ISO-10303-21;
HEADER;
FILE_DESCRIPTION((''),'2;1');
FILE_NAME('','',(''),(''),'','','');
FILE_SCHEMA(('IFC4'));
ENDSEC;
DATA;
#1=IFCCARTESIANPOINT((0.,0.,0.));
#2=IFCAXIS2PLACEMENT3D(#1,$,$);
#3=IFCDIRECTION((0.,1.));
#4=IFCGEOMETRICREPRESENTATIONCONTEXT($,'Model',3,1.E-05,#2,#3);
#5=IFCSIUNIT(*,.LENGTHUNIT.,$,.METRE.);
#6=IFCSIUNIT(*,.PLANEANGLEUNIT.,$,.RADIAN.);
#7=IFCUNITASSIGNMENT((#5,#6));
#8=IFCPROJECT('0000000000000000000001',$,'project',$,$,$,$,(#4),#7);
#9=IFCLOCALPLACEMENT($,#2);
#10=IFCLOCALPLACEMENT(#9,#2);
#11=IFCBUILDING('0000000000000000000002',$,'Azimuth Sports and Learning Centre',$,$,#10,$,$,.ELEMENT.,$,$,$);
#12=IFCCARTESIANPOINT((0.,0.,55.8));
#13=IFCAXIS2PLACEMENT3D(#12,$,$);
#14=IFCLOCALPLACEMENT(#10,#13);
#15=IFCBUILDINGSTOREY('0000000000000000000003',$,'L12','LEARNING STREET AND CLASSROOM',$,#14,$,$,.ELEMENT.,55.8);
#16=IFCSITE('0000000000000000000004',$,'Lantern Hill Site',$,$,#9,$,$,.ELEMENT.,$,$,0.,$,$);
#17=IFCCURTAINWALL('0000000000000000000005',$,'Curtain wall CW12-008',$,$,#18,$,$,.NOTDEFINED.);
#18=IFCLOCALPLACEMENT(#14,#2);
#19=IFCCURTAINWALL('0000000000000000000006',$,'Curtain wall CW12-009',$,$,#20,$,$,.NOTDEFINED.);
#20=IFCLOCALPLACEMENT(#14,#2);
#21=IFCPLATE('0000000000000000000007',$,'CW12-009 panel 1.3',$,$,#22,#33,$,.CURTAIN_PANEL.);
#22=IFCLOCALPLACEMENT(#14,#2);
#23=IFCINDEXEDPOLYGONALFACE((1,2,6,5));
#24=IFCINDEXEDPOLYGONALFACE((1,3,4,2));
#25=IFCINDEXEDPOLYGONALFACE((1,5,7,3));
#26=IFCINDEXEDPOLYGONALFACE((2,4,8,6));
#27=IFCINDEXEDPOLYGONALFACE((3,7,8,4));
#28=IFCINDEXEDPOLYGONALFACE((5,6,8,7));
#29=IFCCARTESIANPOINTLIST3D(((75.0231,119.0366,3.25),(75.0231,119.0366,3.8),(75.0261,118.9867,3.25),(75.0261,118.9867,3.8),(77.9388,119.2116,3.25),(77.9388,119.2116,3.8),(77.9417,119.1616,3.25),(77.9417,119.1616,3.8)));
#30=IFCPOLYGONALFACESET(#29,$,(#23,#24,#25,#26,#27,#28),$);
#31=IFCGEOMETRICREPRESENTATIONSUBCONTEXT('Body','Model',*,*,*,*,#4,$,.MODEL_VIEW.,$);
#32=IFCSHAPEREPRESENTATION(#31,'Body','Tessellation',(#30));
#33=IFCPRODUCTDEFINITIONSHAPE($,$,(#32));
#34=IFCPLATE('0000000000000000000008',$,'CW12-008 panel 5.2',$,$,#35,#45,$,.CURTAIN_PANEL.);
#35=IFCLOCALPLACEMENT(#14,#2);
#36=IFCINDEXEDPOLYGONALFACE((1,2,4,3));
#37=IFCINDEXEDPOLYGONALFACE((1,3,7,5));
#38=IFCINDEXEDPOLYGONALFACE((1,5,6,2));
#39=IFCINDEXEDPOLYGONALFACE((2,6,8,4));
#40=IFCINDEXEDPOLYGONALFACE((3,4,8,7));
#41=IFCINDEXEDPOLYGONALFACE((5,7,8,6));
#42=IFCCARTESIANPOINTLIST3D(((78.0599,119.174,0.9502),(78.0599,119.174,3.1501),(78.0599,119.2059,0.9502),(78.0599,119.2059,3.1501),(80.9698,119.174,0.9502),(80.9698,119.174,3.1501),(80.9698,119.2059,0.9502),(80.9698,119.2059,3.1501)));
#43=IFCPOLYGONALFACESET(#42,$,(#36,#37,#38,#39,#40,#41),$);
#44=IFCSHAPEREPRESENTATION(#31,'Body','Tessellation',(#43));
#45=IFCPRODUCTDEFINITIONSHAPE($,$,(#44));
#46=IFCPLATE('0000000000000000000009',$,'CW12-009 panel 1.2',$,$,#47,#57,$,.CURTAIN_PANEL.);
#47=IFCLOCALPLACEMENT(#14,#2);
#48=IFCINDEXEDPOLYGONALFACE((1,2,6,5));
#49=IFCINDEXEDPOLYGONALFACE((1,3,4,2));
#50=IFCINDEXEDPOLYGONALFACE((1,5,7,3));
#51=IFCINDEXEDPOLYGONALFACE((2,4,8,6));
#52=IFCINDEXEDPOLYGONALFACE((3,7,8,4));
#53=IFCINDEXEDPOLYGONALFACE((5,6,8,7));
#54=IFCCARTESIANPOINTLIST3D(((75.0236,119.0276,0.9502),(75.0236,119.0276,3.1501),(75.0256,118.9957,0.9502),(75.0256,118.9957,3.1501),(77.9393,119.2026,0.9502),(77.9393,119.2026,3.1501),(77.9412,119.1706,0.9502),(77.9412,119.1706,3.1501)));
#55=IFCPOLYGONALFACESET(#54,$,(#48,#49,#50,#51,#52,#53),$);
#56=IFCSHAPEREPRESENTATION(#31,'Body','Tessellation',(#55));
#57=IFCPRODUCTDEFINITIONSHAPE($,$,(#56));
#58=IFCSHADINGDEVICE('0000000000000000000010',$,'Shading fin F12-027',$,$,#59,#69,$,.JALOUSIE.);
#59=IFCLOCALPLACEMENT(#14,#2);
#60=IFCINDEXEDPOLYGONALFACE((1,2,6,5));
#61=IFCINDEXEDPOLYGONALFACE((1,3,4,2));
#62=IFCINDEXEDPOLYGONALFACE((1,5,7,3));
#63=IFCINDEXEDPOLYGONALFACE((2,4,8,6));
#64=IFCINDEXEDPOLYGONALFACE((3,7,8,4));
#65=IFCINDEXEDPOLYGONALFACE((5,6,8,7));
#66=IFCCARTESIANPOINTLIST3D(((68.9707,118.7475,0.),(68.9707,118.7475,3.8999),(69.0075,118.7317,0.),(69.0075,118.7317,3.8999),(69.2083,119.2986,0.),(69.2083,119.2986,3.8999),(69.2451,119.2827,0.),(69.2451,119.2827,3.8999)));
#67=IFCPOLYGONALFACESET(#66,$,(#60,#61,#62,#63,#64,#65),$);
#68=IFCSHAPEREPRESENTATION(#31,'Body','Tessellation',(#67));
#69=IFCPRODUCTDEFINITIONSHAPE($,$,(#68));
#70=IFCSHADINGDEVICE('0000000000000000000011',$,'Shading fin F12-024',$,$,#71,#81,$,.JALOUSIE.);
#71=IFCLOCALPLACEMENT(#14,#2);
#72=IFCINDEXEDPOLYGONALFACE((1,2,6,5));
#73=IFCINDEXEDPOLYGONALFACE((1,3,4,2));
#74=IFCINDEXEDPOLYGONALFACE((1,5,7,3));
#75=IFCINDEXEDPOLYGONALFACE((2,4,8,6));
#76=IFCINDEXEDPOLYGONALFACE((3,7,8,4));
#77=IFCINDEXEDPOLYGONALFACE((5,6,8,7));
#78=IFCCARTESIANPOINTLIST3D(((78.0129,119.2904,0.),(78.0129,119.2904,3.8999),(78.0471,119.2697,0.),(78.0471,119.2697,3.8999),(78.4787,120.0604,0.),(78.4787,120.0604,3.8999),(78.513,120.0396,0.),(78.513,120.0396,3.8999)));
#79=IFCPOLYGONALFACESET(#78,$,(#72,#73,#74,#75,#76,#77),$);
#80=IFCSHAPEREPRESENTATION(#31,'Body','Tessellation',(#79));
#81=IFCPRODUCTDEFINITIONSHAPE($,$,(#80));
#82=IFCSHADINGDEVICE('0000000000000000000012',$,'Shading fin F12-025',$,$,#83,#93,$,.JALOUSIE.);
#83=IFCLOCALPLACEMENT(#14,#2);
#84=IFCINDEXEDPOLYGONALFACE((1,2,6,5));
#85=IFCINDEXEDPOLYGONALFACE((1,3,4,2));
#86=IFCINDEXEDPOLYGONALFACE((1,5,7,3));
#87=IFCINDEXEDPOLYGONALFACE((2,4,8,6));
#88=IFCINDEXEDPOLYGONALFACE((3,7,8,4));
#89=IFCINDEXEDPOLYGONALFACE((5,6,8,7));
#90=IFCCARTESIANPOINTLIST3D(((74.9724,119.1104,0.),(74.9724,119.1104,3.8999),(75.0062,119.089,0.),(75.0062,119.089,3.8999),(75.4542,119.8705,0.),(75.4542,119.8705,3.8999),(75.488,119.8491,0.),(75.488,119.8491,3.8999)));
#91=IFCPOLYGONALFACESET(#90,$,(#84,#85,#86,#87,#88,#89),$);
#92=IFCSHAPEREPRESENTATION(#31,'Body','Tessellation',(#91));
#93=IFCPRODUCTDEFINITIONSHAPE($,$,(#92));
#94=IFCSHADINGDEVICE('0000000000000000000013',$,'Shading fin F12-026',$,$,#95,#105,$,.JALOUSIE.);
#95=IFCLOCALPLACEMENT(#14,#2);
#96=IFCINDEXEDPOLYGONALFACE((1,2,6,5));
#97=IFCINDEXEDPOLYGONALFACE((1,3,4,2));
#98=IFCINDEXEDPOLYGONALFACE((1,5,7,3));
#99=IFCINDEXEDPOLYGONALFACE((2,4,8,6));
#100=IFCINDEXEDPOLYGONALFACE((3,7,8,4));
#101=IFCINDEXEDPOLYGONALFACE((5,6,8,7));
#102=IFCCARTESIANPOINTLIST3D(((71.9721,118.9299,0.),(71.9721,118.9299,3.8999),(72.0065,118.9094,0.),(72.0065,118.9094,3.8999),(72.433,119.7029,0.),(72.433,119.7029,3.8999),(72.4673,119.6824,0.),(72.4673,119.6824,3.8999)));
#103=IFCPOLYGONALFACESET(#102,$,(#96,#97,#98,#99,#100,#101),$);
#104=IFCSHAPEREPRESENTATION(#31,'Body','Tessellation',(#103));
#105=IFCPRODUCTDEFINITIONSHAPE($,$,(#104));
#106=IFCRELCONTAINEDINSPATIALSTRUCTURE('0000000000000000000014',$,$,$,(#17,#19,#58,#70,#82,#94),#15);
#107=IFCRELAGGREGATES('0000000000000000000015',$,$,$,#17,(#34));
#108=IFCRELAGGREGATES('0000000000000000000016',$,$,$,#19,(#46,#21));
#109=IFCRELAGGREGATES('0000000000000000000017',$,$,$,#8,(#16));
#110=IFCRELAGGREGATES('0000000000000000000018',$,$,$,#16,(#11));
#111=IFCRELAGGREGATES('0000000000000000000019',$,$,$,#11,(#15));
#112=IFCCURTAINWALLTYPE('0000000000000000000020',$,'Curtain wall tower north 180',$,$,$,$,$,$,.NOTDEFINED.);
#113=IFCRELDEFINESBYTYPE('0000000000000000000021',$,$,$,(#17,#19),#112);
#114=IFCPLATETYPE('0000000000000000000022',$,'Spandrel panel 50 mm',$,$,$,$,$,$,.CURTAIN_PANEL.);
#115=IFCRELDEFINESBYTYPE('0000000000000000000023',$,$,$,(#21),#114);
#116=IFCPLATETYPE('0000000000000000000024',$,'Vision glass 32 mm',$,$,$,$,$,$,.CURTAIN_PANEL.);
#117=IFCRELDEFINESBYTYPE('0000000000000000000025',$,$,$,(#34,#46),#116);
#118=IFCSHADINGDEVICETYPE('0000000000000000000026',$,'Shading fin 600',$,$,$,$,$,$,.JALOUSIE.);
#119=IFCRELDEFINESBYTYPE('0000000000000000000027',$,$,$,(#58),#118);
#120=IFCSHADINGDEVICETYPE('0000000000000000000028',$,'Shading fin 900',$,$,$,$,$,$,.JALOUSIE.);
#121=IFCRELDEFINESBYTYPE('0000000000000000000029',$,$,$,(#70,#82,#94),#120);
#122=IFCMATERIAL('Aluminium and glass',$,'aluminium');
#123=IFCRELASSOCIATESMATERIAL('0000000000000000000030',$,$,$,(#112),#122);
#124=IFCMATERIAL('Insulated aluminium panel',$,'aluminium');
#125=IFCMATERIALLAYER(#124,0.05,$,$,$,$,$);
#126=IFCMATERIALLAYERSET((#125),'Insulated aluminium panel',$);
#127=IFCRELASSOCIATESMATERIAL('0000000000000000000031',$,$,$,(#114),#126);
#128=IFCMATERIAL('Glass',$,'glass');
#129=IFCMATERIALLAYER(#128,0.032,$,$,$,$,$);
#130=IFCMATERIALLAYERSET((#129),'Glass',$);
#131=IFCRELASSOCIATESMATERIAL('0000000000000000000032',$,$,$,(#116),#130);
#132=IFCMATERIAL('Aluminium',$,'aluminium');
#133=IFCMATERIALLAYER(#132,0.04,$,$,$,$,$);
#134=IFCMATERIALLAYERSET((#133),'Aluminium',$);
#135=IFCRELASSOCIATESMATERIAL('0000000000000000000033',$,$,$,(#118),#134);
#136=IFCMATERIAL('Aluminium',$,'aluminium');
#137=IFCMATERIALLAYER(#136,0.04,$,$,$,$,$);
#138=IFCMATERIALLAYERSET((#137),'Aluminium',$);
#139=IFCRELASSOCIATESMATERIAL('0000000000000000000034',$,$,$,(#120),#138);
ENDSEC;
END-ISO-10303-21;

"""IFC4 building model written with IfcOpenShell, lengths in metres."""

from ifc_helpers import new_model, si_unit, direction, frame, origin, origin_2d, place, context, subcontext, project, spatial, rectangle, extrude, material, layer, layer_set, type_object, element, aggregate, save


model = new_model("IFC4")

# Units and contexts
model_context = context("Model", 3, precision=1e-05, world=origin(), true_north=direction((0.0, 1.0)))
body_context = subcontext(model_context, "Body", "Model", "MODEL_VIEW")
ifc_project = project(units=[si_unit("LENGTHUNIT", "METRE"), si_unit("PLANEANGLEUNIT", "RADIAN")], contexts=[model_context])

# Site, building, storey
site_placement = place(None, origin())
site = spatial("IfcSite", under=ifc_project, at=site_placement, Name="Lantern Hill Site", CompositionType="ELEMENT", RefElevation=0.0)
building_placement = place(site_placement, origin())
building = spatial("IfcBuilding", under=site, at=building_placement, Name="Azimuth Sports and Learning Centre", CompositionType="ELEMENT")
storey_placement = place(building_placement, frame((0.0, 0.0, 55.8)))
storey = spatial("IfcBuildingStorey", under=building, at=storey_placement, Name="L12", Description="LEARNING STREET AND CLASSROOM", CompositionType="ELEMENT", Elevation=55.8)

# Curtain wall
ifc_material_1 = material(Name="Aluminium and glass", Category="aluminium")
curtain_wall_type = type_object("IfcCurtainWallType", Name="Curtain wall tower north 180", PredefinedType="NOTDEFINED", material=ifc_material_1)
curtain_wall_1_placement = place(storey_placement, origin())
curtain_wall_1 = element("IfcCurtainWall", 1, at=curtain_wall_1_placement, inside=storey, type_object=curtain_wall_type, Name="Curtain wall CW12-008", PredefinedType="NOTDEFINED")

# Curtain wall
curtain_wall_2_placement = place(storey_placement, origin())
curtain_wall_2 = element("IfcCurtainWall", 2, at=curtain_wall_2_placement, inside=storey, type_object=curtain_wall_type, Name="Curtain wall CW12-009", PredefinedType="NOTDEFINED")

# Plates
ifc_material_2 = material(Name="Insulated aluminium panel", Category="aluminium")
ifc_layer_1 = layer(ifc_material_2, 0.05)
ifc_layer_set_1 = layer_set([ifc_layer_1], Name="Insulated aluminium panel")
plate_type_1 = type_object("IfcPlateType", Name="Spandrel panel 50 mm", PredefinedType="CURTAIN_PANEL", material=ifc_layer_set_1)
plate_1_placement = place(storey_placement, frame((76.4824, 119.0991, 3.25), z_axis=(0.0, 0.0, 1.0), x_axis=(-0.998205, -0.059892, 0.0)))
plate_1 = element("IfcPlate", 3, at=plate_1_placement, type_object=plate_type_1, Name="CW12-009 panel 1.3", PredefinedType="CURTAIN_PANEL", context=body_context, shape_type="SweptSolid", body=[
    extrude(rectangle(XDim=2.9209, YDim=0.05, at=origin_2d()), origin(), (0.0, 0.0, 1.0), 0.55),
])
ifc_material_3 = material(Name="Glass", Category="glass")
ifc_layer_2 = layer(ifc_material_3, 0.032)
ifc_layer_set_2 = layer_set([ifc_layer_2], Name="Glass")
plate_type_2 = type_object("IfcPlateType", Name="Vision glass 32 mm", PredefinedType="CURTAIN_PANEL", material=ifc_layer_set_2)
plate_2_placement = place(storey_placement, frame((79.5149, 119.1899, 0.9502), z_axis=(0.0, 0.0, 1.0), x_axis=(-1.0, 0.0, 0.0)))
plate_2 = element("IfcPlate", 4, at=plate_2_placement, type_object=plate_type_2, Name="CW12-008 panel 5.2", PredefinedType="CURTAIN_PANEL", context=body_context, shape_type="SweptSolid", body=[
    extrude(rectangle(XDim=2.9099, YDim=0.032, at=origin_2d()), origin(), (0.0, 0.0, 1.0), 2.2),
])
aggregate(curtain_wall_1, [plate_2])
plate_3_placement = place(storey_placement, frame((76.4824, 119.0991, 0.9502), z_axis=(0.0, 0.0, 1.0), x_axis=(-0.998205, -0.059892, 0.0)))
plate_3 = element("IfcPlate", 5, at=plate_3_placement, type_object=plate_type_2, Name="CW12-009 panel 1.2", PredefinedType="CURTAIN_PANEL", context=body_context, shape_type="SweptSolid", body=[
    extrude(rectangle(XDim=2.9209, YDim=0.032, at=origin_2d()), origin(), (0.0, 0.0, 1.0), 2.2),
])
aggregate(curtain_wall_2, [plate_3, plate_1])

# Shading devices
ifc_material_4 = material(Name="Aluminium", Category="aluminium")
ifc_layer_3 = layer(ifc_material_4, 0.04)
ifc_layer_set_3 = layer_set([ifc_layer_3], Name="Aluminium")
shading_device_type_1 = type_object("IfcShadingDeviceType", Name="Shading fin 600", PredefinedType="JALOUSIE", material=ifc_layer_set_3)
shading_device_placement = place(storey_placement, frame((69.1079, 119.0151, 0.0), z_axis=(0.0, 0.0, 1.0), x_axis=(0.39586, 0.918311, 0.0)))
element("IfcShadingDevice", 6, at=shading_device_placement, inside=storey, type_object=shading_device_type_1, Name="Shading fin F12-027", PredefinedType="JALOUSIE", context=body_context, shape_type="SweptSolid", body=[
    extrude(rectangle(XDim=0.6001, YDim=0.04, at=origin_2d()), origin(), (0.0, 0.0, 1.0), 3.8999),
])
ifc_material_5 = material(Name="Aluminium", Category="aluminium")
ifc_layer_4 = layer(ifc_material_5, 0.04)
ifc_layer_set_4 = layer_set([ifc_layer_4], Name="Aluminium")
shading_device_type_2 = type_object("IfcShadingDeviceType", Name="Shading fin 900", PredefinedType="JALOUSIE", material=ifc_layer_set_4)
for number, where, z_axis, x_axis, name in (
    (7, (78.2629, 119.665, 0.0), (0.0, 0.0, 1.0), (0.517682, 0.855573, 0.0), "Shading fin F12-024"),
    (8, (75.2302, 119.4797, 0.0), (0.0, 0.0, 1.0), (0.535372, 0.844616, 0.0), "Shading fin F12-025"),
    (9, (72.2197, 119.3062, 0.0), (0.0, 0.0, 1.0), (0.512109, 0.85892, 0.0), "Shading fin F12-026"),
):
    element("IfcShadingDevice", number, at=place(storey_placement, frame(where, z_axis=z_axis, x_axis=x_axis)), inside=storey, type_object=shading_device_type_2, Name=name, PredefinedType="JALOUSIE", context=body_context, shape_type="SweptSolid", body=[
        extrude(rectangle(XDim=0.8999, YDim=0.04, at=origin_2d()), origin(), (0.0, 0.0, 1.0), 3.8999),
    ])

save(model, "model.ifc")
